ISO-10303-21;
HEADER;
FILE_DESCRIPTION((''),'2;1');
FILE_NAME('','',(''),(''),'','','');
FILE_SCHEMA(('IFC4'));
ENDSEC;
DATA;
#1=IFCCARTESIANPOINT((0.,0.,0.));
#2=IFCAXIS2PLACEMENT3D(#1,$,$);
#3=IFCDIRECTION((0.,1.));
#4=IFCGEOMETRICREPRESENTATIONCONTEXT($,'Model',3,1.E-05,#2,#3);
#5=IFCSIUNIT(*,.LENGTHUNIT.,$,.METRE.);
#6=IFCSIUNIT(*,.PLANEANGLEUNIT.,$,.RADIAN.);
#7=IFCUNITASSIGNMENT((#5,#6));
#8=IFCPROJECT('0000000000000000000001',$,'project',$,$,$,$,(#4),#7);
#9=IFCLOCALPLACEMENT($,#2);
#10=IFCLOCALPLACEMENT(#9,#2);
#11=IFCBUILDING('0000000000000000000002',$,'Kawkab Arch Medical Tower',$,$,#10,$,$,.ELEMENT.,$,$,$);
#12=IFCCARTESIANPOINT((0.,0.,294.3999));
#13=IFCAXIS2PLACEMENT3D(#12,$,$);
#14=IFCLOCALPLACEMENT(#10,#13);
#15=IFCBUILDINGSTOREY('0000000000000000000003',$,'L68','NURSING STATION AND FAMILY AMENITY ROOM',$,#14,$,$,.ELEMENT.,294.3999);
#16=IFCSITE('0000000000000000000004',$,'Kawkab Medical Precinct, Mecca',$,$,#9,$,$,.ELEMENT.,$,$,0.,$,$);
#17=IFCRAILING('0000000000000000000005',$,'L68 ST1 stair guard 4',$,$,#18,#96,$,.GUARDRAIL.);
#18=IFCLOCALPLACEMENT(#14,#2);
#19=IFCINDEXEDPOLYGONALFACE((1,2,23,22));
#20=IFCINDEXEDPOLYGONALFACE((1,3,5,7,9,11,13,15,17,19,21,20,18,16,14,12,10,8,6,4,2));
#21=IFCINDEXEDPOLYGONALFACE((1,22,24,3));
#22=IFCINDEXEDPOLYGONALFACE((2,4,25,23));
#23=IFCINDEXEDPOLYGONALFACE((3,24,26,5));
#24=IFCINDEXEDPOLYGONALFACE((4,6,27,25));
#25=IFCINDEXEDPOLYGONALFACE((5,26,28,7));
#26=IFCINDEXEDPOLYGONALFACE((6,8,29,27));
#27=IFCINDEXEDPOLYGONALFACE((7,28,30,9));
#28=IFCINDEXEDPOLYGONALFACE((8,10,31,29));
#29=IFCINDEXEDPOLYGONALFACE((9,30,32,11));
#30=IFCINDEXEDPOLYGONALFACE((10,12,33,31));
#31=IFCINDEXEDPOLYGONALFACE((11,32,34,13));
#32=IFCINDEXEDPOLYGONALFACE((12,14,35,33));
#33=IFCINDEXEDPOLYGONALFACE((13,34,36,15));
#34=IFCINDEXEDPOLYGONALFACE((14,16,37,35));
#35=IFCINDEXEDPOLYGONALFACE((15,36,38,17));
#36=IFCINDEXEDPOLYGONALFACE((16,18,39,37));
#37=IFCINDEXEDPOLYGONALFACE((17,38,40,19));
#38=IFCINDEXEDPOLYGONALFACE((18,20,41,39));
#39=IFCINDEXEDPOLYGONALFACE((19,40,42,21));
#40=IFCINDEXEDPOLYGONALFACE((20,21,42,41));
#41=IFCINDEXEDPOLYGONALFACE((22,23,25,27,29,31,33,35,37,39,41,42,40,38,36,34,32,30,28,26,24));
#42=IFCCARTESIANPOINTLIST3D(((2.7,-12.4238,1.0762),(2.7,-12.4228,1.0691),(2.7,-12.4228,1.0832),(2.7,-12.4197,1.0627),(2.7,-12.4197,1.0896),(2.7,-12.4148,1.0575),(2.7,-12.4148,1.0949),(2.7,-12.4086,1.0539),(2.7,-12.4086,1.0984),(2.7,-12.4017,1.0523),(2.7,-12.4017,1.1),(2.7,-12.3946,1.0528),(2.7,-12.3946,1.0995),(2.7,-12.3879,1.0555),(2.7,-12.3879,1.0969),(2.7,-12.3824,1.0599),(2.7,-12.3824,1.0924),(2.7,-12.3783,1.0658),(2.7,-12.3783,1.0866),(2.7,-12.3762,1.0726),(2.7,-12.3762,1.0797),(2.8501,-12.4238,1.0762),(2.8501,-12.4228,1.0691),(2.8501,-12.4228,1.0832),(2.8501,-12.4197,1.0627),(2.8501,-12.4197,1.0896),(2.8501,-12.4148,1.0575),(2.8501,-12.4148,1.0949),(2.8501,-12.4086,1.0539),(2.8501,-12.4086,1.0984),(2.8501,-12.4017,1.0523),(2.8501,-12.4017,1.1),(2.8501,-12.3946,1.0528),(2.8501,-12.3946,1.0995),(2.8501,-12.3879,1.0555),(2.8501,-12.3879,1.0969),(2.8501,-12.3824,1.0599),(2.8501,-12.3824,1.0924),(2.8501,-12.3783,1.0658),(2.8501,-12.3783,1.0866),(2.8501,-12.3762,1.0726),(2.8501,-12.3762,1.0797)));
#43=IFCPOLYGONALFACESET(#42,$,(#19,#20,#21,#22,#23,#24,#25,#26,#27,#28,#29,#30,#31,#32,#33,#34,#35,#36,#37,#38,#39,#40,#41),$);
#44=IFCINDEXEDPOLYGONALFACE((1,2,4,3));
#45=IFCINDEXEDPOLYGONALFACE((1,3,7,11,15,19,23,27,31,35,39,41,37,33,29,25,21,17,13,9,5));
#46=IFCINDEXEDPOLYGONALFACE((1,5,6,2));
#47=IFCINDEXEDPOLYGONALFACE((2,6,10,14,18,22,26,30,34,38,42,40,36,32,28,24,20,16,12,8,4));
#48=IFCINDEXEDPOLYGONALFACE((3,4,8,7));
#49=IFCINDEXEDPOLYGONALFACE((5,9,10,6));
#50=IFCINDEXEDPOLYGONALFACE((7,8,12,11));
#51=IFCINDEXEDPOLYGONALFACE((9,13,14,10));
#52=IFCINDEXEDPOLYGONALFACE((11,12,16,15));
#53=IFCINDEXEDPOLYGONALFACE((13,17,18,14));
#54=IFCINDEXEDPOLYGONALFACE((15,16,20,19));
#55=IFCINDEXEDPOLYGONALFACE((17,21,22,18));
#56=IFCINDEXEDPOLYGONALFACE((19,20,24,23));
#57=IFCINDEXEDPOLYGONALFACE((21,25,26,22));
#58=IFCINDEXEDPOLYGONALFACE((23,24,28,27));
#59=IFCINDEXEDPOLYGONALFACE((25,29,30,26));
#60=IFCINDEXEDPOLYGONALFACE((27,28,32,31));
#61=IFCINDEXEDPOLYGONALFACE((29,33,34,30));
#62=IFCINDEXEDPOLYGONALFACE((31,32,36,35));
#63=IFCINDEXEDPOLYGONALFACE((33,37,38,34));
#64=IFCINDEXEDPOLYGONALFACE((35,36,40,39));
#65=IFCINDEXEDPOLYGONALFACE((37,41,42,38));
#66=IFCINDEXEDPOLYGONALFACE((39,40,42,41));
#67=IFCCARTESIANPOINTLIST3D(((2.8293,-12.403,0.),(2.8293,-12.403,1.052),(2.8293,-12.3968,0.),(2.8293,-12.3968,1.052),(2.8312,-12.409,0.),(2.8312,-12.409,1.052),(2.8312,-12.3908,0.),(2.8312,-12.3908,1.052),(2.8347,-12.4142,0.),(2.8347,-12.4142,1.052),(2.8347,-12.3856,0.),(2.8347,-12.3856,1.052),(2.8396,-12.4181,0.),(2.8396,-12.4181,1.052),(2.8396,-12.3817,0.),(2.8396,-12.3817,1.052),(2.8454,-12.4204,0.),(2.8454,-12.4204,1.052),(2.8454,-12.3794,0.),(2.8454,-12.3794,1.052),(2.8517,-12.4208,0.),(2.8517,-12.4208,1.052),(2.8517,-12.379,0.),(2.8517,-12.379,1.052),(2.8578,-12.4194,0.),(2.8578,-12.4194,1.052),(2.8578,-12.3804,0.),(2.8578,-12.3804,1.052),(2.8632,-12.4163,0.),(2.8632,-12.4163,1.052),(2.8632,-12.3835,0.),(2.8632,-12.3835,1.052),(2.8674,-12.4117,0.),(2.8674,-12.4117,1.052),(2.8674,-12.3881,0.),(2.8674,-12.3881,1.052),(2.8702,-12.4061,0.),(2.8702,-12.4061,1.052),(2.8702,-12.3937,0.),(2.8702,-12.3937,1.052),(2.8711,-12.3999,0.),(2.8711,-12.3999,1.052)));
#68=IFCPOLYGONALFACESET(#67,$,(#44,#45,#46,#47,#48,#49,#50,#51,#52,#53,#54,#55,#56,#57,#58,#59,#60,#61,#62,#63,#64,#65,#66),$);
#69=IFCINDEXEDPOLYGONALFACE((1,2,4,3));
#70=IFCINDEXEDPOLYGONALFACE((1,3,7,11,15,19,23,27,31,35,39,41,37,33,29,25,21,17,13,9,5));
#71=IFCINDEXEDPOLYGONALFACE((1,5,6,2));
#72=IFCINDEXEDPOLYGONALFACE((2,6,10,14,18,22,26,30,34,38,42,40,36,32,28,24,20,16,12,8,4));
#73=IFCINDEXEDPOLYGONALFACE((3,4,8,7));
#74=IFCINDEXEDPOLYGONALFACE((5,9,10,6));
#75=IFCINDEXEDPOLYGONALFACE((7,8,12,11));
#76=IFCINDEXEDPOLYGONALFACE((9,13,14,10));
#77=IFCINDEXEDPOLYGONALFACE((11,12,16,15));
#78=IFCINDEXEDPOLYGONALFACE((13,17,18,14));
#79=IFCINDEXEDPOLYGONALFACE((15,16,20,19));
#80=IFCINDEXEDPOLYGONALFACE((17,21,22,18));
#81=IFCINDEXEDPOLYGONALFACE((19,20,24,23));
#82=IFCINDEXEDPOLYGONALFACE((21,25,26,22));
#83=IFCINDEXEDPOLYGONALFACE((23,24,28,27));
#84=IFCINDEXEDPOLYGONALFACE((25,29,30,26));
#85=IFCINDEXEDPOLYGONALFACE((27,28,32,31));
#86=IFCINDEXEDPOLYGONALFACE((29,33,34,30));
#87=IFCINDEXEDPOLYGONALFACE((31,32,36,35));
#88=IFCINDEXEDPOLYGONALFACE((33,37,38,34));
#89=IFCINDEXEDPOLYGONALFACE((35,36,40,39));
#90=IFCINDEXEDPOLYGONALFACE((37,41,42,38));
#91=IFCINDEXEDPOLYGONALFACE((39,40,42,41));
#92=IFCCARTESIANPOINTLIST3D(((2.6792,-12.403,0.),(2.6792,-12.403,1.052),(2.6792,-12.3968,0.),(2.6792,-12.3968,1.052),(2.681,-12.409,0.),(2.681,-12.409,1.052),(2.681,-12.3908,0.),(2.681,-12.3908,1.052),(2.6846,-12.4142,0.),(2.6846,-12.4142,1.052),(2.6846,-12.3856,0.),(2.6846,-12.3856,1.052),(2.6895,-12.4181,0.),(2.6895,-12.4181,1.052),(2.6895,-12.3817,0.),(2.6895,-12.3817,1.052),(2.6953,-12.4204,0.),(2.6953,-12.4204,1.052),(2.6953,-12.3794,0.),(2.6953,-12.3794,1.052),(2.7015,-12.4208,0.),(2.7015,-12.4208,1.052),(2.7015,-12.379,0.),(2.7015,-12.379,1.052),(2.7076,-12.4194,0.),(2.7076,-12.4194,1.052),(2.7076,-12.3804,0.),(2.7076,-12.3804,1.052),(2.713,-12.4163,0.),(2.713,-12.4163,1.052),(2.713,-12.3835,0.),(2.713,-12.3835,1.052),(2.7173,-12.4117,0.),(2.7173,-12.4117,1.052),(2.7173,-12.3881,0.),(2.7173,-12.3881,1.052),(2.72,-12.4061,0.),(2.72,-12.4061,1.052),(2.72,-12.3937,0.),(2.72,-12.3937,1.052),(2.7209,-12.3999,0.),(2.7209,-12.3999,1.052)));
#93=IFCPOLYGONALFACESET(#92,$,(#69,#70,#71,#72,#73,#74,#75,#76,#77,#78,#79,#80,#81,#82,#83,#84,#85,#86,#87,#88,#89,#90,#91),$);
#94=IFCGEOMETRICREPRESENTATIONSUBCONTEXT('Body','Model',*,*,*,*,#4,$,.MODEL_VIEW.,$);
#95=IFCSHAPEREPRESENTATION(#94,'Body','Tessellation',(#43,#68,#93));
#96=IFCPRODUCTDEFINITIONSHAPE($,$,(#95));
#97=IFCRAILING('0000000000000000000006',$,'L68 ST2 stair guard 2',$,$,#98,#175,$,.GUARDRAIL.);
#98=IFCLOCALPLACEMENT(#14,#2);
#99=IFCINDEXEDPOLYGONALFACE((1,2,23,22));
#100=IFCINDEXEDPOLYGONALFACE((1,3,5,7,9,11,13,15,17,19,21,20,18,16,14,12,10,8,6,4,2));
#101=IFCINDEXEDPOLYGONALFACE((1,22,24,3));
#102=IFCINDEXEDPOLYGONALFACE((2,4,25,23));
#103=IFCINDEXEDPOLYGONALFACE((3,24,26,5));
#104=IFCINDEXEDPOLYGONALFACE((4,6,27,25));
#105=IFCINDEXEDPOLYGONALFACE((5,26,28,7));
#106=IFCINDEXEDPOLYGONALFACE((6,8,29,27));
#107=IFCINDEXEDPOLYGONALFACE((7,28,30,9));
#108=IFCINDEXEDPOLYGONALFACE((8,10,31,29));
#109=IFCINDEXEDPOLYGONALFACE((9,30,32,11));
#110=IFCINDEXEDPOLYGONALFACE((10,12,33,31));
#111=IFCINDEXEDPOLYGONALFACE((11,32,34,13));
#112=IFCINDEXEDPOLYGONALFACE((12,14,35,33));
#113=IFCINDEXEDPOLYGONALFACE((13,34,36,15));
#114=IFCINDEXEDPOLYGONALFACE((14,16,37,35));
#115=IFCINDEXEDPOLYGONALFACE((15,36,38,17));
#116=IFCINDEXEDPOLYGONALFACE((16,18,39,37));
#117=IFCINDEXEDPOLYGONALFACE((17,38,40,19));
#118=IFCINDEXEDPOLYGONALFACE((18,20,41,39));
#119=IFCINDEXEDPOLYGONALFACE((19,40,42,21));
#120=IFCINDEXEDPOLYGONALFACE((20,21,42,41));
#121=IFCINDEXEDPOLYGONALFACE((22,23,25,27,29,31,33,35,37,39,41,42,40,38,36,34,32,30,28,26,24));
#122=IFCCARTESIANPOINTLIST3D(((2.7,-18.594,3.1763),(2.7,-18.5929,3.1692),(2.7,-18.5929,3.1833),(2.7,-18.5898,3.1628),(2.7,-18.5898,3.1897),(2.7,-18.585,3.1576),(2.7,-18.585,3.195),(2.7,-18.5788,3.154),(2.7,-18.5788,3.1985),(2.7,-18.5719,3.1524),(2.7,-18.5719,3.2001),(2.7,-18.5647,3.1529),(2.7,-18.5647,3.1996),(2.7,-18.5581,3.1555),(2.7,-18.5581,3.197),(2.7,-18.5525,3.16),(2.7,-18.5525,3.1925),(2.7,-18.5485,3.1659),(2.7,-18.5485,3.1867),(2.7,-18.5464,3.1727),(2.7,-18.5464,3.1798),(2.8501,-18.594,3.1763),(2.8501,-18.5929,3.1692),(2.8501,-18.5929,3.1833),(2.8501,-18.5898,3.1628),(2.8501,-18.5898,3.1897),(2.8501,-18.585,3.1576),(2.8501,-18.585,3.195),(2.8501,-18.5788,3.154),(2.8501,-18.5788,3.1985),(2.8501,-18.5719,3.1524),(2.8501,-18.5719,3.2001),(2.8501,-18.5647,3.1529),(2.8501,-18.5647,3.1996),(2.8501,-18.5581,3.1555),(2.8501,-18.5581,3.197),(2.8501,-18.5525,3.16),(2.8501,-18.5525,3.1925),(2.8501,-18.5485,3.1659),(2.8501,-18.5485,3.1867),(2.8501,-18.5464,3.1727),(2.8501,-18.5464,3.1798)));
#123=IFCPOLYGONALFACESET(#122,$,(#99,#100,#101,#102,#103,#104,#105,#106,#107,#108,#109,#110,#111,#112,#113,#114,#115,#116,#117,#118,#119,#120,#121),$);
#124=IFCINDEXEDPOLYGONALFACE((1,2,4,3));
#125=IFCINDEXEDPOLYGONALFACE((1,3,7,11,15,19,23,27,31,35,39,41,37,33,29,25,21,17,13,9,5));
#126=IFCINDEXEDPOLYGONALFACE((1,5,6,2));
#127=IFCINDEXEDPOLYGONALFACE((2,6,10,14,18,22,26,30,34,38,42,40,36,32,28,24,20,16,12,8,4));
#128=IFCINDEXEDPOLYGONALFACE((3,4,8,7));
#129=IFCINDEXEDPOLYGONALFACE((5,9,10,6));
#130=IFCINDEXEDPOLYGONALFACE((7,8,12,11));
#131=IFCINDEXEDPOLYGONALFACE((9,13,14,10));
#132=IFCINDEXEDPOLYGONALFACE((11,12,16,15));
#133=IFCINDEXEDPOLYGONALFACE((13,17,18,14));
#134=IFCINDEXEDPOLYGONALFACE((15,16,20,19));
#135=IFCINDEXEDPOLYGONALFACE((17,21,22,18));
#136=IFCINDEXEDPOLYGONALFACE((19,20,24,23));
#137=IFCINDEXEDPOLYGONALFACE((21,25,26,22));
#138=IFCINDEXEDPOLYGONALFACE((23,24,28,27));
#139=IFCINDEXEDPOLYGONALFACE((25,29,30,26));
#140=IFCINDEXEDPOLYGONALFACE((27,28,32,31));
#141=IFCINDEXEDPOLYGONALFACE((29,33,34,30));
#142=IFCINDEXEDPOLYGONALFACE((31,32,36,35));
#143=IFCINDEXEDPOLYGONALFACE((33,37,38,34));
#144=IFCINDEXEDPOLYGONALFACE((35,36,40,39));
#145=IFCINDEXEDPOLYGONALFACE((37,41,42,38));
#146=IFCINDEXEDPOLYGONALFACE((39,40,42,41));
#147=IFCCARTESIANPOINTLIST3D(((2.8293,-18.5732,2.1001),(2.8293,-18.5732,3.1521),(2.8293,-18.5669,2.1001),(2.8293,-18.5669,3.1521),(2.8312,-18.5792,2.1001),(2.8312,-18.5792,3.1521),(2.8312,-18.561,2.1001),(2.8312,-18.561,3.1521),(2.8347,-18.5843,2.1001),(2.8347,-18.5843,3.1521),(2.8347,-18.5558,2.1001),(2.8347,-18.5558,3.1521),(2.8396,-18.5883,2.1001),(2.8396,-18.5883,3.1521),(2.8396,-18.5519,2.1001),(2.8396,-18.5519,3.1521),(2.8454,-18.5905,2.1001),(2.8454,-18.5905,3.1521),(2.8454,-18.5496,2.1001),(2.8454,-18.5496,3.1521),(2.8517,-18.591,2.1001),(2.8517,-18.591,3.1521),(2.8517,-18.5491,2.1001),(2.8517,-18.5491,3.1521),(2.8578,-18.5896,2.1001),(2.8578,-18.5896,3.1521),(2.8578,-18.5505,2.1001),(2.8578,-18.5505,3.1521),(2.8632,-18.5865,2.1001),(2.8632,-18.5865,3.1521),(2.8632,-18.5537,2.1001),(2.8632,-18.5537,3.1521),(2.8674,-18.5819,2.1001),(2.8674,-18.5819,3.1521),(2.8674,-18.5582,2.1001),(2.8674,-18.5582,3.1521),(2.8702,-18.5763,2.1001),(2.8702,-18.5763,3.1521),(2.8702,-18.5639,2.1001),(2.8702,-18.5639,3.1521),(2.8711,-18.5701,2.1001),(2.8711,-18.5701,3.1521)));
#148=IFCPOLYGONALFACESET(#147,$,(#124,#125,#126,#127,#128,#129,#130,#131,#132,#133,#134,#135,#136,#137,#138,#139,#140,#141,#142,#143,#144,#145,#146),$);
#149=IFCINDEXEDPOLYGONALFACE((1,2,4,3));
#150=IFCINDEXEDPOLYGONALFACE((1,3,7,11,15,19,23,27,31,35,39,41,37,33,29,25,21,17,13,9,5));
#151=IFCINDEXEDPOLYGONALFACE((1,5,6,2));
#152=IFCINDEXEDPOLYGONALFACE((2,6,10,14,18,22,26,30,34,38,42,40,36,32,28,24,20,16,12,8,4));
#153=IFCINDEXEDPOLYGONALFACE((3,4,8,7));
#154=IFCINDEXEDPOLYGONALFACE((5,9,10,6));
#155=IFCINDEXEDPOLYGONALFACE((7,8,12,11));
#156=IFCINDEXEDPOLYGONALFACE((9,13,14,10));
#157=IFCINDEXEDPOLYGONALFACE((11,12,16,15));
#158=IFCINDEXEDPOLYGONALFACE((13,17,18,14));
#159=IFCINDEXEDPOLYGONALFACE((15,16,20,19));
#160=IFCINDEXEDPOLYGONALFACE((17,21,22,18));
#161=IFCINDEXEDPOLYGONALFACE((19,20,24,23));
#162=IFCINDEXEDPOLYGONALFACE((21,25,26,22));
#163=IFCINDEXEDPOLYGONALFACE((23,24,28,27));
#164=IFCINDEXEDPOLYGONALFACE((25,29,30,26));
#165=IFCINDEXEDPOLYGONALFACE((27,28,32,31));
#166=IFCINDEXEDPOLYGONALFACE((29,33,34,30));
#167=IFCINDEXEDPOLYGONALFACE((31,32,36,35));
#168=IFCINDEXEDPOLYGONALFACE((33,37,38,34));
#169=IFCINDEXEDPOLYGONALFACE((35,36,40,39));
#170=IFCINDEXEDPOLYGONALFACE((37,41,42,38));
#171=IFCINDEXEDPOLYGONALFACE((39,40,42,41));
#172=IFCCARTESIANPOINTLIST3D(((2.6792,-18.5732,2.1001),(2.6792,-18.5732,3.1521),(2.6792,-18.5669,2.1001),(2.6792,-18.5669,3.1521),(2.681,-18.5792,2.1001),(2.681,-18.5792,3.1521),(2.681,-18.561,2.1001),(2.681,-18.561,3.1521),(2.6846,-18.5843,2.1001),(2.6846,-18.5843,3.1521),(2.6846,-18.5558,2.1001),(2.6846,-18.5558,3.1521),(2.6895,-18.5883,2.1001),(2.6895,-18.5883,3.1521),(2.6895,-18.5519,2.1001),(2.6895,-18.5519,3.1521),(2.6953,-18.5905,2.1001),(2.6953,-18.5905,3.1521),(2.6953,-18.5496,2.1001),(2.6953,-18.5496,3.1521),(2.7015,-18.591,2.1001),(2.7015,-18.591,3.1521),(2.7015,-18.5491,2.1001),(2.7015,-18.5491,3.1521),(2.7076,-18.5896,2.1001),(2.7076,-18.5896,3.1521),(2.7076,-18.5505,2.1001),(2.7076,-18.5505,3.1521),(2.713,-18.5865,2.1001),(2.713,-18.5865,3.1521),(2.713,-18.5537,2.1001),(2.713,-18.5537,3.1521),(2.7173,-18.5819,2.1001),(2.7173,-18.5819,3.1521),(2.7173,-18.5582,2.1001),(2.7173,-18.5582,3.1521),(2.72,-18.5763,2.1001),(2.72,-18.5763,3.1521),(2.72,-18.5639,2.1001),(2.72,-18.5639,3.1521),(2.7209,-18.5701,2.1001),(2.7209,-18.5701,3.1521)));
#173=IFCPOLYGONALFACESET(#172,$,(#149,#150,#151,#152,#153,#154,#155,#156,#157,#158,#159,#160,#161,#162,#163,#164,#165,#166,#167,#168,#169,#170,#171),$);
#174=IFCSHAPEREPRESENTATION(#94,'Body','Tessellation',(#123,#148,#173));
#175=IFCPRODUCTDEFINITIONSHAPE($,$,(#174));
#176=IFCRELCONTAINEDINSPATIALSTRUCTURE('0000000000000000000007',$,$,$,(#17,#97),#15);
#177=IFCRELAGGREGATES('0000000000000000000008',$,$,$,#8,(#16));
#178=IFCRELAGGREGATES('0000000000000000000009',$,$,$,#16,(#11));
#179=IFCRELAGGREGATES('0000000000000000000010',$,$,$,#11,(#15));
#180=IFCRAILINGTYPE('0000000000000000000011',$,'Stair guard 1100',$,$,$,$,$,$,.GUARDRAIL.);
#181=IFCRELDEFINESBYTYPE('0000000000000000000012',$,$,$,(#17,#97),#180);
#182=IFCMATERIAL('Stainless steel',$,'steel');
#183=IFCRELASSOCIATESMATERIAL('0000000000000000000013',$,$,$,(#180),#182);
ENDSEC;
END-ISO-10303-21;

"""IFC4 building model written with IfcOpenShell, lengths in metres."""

from ifc_helpers import new_model, si_unit, direction, frame, origin, origin_2d, place, context, subcontext, project, spatial, circle, extrude, material, type_object, element, save


model = new_model("IFC4")

# Units and contexts
model_context = context("Model", 3, precision=1e-05, world=origin(), true_north=direction((0.0, 1.0)))
body_context = subcontext(model_context, "Body", "Model", "MODEL_VIEW")
ifc_project = project(units=[si_unit("LENGTHUNIT", "METRE"), si_unit("PLANEANGLEUNIT", "RADIAN")], contexts=[model_context])

# Site, building, storey
site_placement = place(None, origin())
site = spatial("IfcSite", under=ifc_project, at=site_placement, Name="Kawkab Medical Precinct, Mecca", CompositionType="ELEMENT", RefElevation=0.0)
building_placement = place(site_placement, origin())
building = spatial("IfcBuilding", under=site, at=building_placement, Name="Kawkab Arch Medical Tower", CompositionType="ELEMENT")
storey_placement = place(building_placement, frame((0.0, 0.0, 294.3999)))
storey = spatial("IfcBuildingStorey", under=building, at=storey_placement, Name="L68", Description="NURSING STATION AND FAMILY AMENITY ROOM", CompositionType="ELEMENT", Elevation=294.3999)

# Railings
ifc_material_1 = material(Name="Stainless steel", Category="steel")
railing_type = type_object("IfcRailingType", Name="Stair guard 1100", PredefinedType="GUARDRAIL", material=ifc_material_1)
for number, where, name in (
    (1, (2.8501, -12.3999, 0.0), "L68 ST1 stair guard 4"),
    (2, (2.8501, -18.5701, 2.1001), "L68 ST2 stair guard 2"),
):
    element("IfcRailing", number, at=place(storey_placement, frame(where)), inside=storey, type_object=railing_type, Name=name, PredefinedType="GUARDRAIL", context=body_context, shape_type="SweptSolid", body=[
        extrude(circle(Radius=0.0239, at=origin_2d()), frame((0.0, 0.0, 1.0762), z_axis=(-1.0, 0.0, 0.0), x_axis=(0.0, -1.0, 0.0)), (0.0, 0.0, 1.0), 0.1501),
        extrude(circle(Radius=0.021, at=origin_2d()), origin(), (0.0, 0.0, 1.0), 1.052),
        extrude(circle(Radius=0.021, at=origin_2d()), frame((-0.1501, 0.0, 0.0)), (0.0, 0.0, 1.0), 1.052),
    ])

save(model, "model.ifc")
